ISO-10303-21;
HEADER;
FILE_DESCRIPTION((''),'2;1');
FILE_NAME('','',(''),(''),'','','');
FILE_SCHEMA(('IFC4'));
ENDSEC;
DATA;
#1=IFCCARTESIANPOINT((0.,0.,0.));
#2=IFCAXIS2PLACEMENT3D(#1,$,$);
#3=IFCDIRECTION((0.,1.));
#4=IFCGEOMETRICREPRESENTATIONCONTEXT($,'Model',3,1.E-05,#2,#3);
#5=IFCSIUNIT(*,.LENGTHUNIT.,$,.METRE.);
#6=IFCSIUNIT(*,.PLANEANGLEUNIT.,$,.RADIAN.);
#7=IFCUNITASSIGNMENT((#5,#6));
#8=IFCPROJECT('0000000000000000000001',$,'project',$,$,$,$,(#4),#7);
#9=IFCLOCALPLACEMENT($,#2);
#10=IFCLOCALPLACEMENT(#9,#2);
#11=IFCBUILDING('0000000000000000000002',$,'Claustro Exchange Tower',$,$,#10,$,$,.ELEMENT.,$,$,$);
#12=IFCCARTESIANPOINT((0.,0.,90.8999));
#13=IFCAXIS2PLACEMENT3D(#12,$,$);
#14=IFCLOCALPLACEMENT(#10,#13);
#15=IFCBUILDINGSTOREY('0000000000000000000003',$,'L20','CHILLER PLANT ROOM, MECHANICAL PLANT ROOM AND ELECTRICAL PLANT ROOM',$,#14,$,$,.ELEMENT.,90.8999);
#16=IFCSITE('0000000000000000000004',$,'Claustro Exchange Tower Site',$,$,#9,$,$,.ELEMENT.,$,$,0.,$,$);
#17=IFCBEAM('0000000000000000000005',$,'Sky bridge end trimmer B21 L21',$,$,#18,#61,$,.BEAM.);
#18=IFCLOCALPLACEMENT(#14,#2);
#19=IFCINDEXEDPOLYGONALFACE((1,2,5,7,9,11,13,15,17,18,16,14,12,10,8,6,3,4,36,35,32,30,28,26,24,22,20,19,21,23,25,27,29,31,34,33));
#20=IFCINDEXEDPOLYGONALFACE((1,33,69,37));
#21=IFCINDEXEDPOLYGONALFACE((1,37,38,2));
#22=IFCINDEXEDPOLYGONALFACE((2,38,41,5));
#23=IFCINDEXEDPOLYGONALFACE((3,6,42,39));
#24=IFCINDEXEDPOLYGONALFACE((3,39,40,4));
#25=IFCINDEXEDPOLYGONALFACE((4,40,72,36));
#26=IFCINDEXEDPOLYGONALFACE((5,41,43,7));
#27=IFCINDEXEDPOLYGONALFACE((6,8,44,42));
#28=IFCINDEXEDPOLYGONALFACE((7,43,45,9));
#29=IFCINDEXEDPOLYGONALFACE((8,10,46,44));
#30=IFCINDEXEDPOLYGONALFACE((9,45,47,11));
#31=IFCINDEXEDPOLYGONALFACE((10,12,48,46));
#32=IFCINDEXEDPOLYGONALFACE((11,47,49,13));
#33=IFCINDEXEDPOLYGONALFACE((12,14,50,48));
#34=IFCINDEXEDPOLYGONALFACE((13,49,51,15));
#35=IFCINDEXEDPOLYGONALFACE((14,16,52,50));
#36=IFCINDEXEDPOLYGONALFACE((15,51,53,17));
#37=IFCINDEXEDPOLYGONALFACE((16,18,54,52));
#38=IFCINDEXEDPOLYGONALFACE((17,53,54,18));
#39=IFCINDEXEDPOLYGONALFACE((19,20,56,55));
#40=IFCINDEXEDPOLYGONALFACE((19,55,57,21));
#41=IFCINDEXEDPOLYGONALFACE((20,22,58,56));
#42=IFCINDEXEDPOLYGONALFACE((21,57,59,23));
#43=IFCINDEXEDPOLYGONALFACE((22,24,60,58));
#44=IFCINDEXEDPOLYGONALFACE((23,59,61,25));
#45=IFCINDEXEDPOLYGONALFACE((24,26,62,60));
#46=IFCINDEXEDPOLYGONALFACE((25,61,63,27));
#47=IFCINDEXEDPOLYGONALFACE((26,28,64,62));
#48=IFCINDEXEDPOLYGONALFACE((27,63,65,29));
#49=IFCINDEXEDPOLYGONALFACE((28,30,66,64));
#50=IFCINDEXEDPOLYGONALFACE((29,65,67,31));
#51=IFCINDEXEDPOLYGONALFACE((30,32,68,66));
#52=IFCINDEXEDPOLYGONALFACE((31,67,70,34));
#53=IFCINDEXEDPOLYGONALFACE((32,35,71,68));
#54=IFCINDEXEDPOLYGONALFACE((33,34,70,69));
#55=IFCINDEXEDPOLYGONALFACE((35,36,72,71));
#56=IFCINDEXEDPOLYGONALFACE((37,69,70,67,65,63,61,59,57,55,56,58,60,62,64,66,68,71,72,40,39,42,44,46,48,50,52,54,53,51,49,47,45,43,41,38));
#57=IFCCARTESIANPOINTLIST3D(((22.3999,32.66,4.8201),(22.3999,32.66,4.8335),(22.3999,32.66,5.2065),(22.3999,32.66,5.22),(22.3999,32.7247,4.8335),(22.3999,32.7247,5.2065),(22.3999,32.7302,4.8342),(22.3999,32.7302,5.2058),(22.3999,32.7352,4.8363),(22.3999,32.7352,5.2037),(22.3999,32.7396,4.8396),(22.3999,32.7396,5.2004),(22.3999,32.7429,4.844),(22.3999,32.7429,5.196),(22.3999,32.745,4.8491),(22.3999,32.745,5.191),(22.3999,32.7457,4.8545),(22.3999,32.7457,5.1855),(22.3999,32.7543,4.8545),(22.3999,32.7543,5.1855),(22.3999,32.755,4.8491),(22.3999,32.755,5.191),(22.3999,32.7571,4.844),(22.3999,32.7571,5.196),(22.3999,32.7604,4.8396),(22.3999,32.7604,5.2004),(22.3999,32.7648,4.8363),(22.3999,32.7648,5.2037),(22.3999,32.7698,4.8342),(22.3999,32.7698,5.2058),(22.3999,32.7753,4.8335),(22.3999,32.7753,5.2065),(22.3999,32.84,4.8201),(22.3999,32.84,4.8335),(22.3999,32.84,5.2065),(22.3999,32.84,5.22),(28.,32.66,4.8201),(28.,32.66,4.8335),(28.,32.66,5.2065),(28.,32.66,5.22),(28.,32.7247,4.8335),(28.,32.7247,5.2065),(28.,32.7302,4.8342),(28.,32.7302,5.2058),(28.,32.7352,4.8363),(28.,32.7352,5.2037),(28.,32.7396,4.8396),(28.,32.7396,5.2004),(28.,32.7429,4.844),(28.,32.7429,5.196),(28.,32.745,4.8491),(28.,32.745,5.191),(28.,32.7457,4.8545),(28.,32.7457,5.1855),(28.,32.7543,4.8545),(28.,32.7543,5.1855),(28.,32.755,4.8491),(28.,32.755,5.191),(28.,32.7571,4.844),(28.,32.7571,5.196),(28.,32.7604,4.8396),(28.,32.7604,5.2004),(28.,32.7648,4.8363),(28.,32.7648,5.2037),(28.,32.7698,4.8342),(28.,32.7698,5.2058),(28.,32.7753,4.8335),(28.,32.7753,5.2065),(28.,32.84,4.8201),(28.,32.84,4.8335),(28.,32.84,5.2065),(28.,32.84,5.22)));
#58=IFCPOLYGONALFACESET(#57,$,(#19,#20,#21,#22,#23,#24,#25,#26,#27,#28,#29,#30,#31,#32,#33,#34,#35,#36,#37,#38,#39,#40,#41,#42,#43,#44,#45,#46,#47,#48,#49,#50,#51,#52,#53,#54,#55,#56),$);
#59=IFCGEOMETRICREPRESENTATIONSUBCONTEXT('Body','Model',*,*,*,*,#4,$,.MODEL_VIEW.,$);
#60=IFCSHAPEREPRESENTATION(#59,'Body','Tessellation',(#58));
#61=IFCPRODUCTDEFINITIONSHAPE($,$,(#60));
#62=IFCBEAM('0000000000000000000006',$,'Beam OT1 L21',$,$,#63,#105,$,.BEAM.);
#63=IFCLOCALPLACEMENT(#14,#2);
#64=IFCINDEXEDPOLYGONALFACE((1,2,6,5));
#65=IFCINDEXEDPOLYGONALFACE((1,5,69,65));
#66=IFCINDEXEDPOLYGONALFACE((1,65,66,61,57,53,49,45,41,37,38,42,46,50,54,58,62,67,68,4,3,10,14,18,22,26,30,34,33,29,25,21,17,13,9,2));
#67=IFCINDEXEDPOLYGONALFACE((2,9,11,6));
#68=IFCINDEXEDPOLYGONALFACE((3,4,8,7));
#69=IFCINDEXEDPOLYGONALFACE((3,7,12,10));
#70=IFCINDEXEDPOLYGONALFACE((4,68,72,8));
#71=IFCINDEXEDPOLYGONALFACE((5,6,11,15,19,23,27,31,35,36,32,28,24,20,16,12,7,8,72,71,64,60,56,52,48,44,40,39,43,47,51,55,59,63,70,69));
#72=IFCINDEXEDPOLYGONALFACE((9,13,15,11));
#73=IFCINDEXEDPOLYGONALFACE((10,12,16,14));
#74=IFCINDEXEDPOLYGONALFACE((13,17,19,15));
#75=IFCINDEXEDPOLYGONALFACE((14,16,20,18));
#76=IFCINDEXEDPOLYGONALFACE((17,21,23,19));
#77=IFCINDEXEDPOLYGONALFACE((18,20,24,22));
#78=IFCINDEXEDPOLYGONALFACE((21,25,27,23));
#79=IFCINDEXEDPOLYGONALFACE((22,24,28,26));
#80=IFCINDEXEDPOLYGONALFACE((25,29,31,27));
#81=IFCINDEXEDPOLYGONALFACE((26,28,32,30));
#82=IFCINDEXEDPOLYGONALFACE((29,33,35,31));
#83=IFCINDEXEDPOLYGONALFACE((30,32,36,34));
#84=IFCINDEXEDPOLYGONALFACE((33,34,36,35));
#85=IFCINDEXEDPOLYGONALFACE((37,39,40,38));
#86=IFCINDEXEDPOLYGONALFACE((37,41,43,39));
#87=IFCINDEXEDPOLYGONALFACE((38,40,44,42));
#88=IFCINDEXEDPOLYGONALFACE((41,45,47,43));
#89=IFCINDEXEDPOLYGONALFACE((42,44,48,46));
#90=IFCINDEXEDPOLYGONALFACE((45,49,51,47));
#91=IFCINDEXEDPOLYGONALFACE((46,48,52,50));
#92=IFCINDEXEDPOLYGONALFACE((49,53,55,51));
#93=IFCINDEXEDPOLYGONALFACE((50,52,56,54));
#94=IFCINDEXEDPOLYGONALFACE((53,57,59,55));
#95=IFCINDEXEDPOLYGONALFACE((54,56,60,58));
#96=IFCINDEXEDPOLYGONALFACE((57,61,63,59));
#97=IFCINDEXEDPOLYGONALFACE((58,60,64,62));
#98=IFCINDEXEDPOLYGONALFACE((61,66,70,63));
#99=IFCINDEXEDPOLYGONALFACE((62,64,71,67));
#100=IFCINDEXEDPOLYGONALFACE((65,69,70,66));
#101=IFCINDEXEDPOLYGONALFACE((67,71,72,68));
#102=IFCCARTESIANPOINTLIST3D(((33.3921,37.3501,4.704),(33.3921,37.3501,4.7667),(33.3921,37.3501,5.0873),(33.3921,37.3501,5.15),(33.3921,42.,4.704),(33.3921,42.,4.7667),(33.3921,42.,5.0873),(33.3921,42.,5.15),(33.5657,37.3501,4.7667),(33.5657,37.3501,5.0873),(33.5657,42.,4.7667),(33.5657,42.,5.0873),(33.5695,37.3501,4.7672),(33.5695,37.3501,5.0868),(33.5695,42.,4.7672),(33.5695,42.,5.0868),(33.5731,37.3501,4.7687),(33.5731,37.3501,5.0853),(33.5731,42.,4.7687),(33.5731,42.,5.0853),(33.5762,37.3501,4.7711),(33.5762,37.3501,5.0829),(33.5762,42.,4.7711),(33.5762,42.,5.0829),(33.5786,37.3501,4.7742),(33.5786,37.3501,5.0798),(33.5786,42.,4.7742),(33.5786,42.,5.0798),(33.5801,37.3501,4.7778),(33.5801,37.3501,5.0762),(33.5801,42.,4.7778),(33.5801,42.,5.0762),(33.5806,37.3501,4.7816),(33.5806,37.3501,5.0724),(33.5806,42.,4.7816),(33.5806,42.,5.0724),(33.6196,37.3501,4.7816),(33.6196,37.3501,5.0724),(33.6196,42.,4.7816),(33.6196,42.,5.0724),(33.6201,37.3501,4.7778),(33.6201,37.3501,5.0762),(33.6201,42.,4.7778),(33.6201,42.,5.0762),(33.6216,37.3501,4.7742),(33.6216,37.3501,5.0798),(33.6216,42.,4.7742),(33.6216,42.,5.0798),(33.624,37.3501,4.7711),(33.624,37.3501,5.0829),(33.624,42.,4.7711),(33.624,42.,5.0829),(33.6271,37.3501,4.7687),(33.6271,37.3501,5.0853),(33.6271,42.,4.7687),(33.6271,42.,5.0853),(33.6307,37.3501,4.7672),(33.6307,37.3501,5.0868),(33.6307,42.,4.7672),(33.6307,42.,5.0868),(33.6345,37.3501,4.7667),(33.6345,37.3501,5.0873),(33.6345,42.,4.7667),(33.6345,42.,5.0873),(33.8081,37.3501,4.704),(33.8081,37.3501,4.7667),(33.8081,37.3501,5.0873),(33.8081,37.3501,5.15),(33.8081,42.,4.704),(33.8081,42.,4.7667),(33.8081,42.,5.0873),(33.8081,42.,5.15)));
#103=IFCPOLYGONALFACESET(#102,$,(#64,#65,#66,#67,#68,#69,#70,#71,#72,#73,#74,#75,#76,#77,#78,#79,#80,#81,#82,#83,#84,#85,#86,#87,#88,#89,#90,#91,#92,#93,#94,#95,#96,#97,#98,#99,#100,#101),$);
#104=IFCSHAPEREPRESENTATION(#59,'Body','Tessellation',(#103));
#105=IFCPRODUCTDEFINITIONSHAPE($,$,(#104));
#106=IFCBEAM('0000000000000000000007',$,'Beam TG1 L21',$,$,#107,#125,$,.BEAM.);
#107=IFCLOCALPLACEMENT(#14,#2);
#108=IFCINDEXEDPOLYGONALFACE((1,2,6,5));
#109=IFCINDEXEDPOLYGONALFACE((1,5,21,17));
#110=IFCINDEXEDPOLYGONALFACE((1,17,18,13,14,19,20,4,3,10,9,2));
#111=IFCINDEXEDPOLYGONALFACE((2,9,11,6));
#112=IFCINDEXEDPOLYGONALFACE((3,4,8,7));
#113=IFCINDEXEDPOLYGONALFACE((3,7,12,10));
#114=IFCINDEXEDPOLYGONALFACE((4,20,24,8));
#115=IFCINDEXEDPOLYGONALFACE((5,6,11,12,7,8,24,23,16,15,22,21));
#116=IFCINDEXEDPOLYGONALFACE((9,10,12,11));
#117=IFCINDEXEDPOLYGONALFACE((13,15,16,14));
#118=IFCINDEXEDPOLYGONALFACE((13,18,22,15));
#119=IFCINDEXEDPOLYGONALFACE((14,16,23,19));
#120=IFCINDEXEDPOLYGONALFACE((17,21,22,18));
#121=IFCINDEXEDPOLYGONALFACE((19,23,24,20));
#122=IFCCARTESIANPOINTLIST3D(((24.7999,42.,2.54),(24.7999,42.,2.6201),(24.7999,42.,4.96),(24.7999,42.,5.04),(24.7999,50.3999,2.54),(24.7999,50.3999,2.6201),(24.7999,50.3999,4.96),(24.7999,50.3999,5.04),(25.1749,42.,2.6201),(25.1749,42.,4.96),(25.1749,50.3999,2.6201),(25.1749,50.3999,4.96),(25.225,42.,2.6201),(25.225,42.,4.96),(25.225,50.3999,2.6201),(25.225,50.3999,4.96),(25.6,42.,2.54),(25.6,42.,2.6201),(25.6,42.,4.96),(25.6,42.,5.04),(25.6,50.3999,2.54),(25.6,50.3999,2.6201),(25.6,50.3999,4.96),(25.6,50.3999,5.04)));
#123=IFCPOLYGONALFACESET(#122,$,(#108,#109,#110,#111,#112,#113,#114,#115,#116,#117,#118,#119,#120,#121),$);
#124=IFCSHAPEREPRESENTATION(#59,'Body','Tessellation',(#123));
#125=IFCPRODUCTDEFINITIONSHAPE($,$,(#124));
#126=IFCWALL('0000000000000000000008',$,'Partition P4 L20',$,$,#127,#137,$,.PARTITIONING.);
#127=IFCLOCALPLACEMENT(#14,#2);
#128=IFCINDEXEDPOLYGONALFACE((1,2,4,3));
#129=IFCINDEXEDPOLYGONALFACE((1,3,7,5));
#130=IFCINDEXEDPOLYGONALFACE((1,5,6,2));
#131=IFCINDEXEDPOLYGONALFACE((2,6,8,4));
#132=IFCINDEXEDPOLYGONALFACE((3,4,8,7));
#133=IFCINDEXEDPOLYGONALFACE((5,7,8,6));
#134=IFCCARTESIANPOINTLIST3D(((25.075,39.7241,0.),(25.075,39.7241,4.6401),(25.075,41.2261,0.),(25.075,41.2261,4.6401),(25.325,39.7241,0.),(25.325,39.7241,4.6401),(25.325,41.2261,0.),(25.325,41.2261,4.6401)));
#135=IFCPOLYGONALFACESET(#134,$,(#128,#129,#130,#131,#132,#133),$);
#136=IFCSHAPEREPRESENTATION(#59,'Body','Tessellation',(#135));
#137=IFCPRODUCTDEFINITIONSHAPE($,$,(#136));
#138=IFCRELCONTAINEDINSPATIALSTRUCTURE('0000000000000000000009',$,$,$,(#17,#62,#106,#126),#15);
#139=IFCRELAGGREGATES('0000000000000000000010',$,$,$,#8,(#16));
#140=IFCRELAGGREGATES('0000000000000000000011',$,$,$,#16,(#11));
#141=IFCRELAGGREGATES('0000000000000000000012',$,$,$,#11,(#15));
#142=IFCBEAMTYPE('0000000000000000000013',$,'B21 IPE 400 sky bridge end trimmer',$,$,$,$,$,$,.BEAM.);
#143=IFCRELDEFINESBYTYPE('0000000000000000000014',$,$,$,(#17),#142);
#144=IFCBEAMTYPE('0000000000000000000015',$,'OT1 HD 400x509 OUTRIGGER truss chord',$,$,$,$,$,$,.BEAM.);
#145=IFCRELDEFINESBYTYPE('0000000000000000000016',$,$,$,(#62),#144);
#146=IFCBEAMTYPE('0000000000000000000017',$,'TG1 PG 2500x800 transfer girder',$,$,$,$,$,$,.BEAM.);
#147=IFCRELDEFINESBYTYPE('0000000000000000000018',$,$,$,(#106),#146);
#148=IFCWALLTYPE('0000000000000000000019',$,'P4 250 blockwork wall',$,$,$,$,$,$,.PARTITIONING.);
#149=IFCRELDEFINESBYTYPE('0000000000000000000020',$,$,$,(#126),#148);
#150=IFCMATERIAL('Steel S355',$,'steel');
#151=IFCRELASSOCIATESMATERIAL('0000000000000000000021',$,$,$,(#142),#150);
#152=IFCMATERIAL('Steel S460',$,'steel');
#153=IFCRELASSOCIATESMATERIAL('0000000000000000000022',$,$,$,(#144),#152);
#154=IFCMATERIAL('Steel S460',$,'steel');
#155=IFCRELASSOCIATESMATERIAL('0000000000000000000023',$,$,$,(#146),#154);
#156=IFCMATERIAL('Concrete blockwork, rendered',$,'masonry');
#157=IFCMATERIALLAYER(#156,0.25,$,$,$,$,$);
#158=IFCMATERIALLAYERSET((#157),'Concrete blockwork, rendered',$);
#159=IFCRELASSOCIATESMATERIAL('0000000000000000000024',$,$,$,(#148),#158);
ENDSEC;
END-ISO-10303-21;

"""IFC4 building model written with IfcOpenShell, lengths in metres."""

from ifc_helpers import new_model, si_unit, direction, frame, frame_2d, origin, origin_2d, place, context, subcontext, project, spatial, rectangle, i_section, extrude, material, layer, layer_set, material_profile, profile_set, type_object, element, save


model = new_model("IFC4")

# Units and contexts
model_context = context("Model", 3, precision=1e-05, world=origin(), true_north=direction((0.0, 1.0)))
body_context = subcontext(model_context, "Body", "Model", "MODEL_VIEW")
ifc_project = project(units=[si_unit("LENGTHUNIT", "METRE"), si_unit("PLANEANGLEUNIT", "RADIAN")], contexts=[model_context])

# Site, building, storey
site_placement = place(None, origin())
site = spatial("IfcSite", under=ifc_project, at=site_placement, Name="Claustro Exchange Tower Site", CompositionType="ELEMENT", RefElevation=0.0)
building_placement = place(site_placement, origin())
building = spatial("IfcBuilding", under=site, at=building_placement, Name="Claustro Exchange Tower", CompositionType="ELEMENT")
storey_placement = place(building_placement, frame((0.0, 0.0, 90.8999)))
storey = spatial("IfcBuildingStorey", under=building, at=storey_placement, Name="L20", Description="CHILLER PLANT ROOM, MECHANICAL PLANT ROOM AND ELECTRICAL PLANT ROOM", CompositionType="ELEMENT", Elevation=90.8999)

# Beams
ifc_material_1 = material(Name="Steel S355", Category="steel")
ifc_material_profile_1 = material_profile(ifc_material_1, i_section(OverallWidth=0.1799, OverallDepth=0.3999, WebThickness=0.0085, FlangeThickness=0.0134, FilletRadius=0.021, at=origin_2d()), Name="IPE 400")
ifc_profile_set_1 = profile_set([ifc_material_profile_1], Name="Steel S355")
beam_type_1 = type_object("IfcBeamType", Name="B21 IPE 400 sky bridge end trimmer", PredefinedType="BEAM", material=ifc_profile_set_1)
beam_1_placement = place(storey_placement, frame((22.3999, 32.75, 5.02), z_axis=(1.0, 0.0, 0.0), x_axis=(0.0, 1.0, 0.0)))
element("IfcBeam", 1, at=beam_1_placement, inside=storey, type_object=beam_type_1, Name="Sky bridge end trimmer B21 L21", PredefinedType="BEAM", context=body_context, shape_type="SweptSolid", body=[
    extrude(i_section(OverallWidth=0.1799, OverallDepth=0.3999, WebThickness=0.0085, FlangeThickness=0.0134, FilletRadius=0.021, at=origin_2d()), origin(), (0.0, 0.0, 1.0), 5.6001),
])
ifc_material_2 = material(Name="Steel S460", Category="steel")
ifc_material_profile_2 = material_profile(ifc_material_2, i_section(OverallWidth=0.416, OverallDepth=0.446, WebThickness=0.0391, FlangeThickness=0.0627, FilletRadius=0.0149, at=origin_2d()), Name="HD 400x509")
ifc_profile_set_2 = profile_set([ifc_material_profile_2], Name="Steel S460")
beam_type_2 = type_object("IfcBeamType", Name="OT1 HD 400x509 OUTRIGGER truss chord", PredefinedType="BEAM", material=ifc_profile_set_2)
beam_2_placement = place(storey_placement, frame((33.6001, 37.3501, 4.927), z_axis=(0.0, 1.0, 0.0), x_axis=(-1.0, 0.0, 0.0)))
element("IfcBeam", 2, at=beam_2_placement, inside=storey, type_object=beam_type_2, Name="Beam OT1 L21", PredefinedType="BEAM", context=body_context, shape_type="SweptSolid", body=[
    extrude(i_section(OverallWidth=0.416, OverallDepth=0.446, WebThickness=0.0391, FlangeThickness=0.0627, FilletRadius=0.0149, at=origin_2d()), origin(), (0.0, 0.0, 1.0), 4.6499),
])
ifc_material_3 = material(Name="Steel S460", Category="steel")
ifc_material_profile_3 = material_profile(ifc_material_3, i_section(OverallWidth=0.8, OverallDepth=2.5, WebThickness=0.05, FlangeThickness=0.0801, at=origin_2d()), Name="PG 2500x800")
ifc_profile_set_3 = profile_set([ifc_material_profile_3], Name="Steel S460")
beam_type_3 = type_object("IfcBeamType", Name="TG1 PG 2500x800 transfer girder", PredefinedType="BEAM", material=ifc_profile_set_3)
beam_3_placement = place(storey_placement, frame((25.2, 42.0, 3.79), z_axis=(0.0, 1.0, 0.0), x_axis=(-1.0, 0.0, 0.0)))
element("IfcBeam", 3, at=beam_3_placement, inside=storey, type_object=beam_type_3, Name="Beam TG1 L21", PredefinedType="BEAM", context=body_context, shape_type="SweptSolid", body=[
    extrude(i_section(OverallWidth=0.8, OverallDepth=2.5, WebThickness=0.05, FlangeThickness=0.0801, at=origin_2d()), origin(), (0.0, 0.0, 1.0), 8.3999),
])

# Wall
ifc_material_4 = material(Name="Concrete blockwork, rendered", Category="masonry")
ifc_layer_1 = layer(ifc_material_4, 0.25)
ifc_layer_set_1 = layer_set([ifc_layer_1], Name="Concrete blockwork, rendered")
wall_type_1 = type_object("IfcWallType", Name="P4 250 blockwork wall", PredefinedType="PARTITIONING", material=ifc_layer_set_1)
wall_1_placement = place(storey_placement, frame((25.2, 39.7241, 0.0), z_axis=(0.0, 0.0, 1.0), x_axis=(0.0, 1.0, 0.0)))
element("IfcWall", 4, at=wall_1_placement, inside=storey, type_object=wall_type_1, Name="Partition P4 L20", PredefinedType="PARTITIONING", context=body_context, shape_type="SweptSolid", body=[
    extrude(rectangle(XDim=1.502, YDim=0.25, at=frame_2d((0.751, 0.0))), origin(), (0.0, 0.0, 1.0), 4.6401),
])

save(model, "model.ifc")
